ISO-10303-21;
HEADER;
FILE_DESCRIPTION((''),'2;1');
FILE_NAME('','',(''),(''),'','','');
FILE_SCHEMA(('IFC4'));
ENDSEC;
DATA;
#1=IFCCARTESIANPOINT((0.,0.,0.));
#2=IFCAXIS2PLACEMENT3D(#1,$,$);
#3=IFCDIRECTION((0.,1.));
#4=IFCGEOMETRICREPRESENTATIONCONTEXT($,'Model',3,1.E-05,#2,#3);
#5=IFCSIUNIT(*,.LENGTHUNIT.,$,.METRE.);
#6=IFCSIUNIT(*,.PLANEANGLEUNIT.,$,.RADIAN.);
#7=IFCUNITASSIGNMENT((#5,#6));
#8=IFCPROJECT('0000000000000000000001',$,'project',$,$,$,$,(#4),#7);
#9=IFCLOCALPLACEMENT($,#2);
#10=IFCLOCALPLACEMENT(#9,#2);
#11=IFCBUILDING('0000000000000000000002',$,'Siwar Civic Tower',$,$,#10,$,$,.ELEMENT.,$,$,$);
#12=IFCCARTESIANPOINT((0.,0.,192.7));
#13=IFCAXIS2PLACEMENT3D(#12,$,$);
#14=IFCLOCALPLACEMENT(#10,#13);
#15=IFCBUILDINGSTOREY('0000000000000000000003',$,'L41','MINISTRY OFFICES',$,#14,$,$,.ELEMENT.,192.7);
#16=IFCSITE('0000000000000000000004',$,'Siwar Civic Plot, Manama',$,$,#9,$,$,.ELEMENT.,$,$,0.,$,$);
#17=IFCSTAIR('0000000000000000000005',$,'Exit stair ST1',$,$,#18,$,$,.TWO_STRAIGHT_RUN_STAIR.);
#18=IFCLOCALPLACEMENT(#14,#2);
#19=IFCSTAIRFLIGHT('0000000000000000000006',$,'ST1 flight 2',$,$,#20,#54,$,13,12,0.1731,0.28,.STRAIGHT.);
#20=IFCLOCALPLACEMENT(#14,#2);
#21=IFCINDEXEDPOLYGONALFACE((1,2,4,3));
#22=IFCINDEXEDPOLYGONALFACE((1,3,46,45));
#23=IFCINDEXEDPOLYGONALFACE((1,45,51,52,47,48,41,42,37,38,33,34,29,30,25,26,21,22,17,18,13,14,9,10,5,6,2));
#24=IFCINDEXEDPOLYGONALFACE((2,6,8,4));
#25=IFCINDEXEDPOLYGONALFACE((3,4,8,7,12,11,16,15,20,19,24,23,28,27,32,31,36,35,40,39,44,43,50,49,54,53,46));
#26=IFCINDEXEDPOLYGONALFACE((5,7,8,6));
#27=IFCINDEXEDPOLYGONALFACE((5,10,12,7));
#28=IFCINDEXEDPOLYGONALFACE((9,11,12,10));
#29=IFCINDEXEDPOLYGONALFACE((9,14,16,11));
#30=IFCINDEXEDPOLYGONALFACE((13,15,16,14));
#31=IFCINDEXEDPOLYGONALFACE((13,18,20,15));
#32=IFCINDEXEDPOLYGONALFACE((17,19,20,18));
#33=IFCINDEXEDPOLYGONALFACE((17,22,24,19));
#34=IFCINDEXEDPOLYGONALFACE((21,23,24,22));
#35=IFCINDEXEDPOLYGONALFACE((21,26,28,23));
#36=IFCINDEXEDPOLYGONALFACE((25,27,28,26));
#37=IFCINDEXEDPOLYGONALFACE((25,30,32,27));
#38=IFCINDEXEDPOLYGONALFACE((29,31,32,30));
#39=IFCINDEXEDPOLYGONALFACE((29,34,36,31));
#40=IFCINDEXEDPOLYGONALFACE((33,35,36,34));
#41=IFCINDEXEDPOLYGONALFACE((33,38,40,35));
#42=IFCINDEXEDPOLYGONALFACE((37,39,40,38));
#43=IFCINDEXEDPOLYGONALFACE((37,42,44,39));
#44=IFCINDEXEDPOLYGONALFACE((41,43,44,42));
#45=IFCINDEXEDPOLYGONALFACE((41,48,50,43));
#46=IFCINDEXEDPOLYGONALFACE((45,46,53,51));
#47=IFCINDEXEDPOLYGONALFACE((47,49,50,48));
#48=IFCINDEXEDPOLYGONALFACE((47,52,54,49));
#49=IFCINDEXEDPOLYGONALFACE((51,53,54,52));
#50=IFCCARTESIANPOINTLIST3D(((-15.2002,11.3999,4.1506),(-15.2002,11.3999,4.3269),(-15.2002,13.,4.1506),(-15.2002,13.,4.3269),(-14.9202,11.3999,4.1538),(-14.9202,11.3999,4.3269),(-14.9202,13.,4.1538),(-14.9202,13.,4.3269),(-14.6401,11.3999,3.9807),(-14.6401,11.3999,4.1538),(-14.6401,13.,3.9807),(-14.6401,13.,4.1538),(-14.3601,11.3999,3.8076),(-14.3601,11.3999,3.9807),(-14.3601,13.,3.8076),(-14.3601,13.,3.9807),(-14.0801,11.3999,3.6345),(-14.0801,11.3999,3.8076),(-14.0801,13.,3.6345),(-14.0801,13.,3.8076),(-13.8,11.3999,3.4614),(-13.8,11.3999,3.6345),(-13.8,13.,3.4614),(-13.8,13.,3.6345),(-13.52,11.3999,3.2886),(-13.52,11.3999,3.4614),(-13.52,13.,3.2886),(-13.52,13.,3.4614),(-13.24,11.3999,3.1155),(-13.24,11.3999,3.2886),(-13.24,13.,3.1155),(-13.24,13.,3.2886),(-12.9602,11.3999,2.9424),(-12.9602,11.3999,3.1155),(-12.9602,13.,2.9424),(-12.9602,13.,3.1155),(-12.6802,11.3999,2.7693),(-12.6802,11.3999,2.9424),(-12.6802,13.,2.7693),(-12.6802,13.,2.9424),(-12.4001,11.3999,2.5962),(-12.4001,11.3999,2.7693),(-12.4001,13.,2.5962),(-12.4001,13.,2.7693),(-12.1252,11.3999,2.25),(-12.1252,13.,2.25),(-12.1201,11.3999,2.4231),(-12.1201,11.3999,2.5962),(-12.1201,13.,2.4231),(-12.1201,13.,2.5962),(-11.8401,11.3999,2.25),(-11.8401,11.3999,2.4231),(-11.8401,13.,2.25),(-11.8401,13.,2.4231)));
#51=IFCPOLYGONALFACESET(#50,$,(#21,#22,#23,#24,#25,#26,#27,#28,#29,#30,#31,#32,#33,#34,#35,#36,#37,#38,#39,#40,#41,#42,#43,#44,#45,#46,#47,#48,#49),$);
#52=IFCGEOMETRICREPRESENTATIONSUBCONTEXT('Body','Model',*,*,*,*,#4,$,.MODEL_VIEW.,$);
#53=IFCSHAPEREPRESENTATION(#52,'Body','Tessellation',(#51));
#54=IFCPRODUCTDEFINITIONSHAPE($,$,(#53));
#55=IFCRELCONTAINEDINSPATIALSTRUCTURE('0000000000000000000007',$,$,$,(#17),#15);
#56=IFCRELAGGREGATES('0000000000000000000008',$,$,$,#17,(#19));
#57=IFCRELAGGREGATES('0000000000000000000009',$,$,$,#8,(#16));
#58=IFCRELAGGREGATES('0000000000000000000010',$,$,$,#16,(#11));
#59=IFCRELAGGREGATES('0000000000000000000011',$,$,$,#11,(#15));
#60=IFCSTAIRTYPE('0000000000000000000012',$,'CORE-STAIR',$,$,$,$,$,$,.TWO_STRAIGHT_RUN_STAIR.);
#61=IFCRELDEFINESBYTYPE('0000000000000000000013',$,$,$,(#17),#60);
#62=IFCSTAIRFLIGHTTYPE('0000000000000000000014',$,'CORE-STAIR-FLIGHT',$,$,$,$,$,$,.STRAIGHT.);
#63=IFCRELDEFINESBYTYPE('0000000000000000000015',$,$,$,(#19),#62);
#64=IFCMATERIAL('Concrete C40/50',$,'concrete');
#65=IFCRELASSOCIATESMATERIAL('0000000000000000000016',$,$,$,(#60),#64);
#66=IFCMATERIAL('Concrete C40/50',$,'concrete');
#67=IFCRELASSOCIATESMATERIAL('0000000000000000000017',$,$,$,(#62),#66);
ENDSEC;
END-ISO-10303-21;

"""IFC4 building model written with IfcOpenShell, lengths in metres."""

from ifc_helpers import new_model, si_unit, direction, frame, origin, place, context, subcontext, project, spatial, polyline, outline, extrude, material, type_object, element, aggregate, save


model = new_model("IFC4")

# Units and contexts
model_context = context("Model", 3, precision=1e-05, world=origin(), true_north=direction((0.0, 1.0)))
body_context = subcontext(model_context, "Body", "Model", "MODEL_VIEW")
ifc_project = project(units=[si_unit("LENGTHUNIT", "METRE"), si_unit("PLANEANGLEUNIT", "RADIAN")], contexts=[model_context])

# Site, building, storey
site_placement = place(None, origin())
site = spatial("IfcSite", under=ifc_project, at=site_placement, Name="Siwar Civic Plot, Manama", CompositionType="ELEMENT", RefElevation=0.0)
building_placement = place(site_placement, origin())
building = spatial("IfcBuilding", under=site, at=building_placement, Name="Siwar Civic Tower", CompositionType="ELEMENT")
storey_placement = place(building_placement, frame((0.0, 0.0, 192.7)))
storey = spatial("IfcBuildingStorey", under=building, at=storey_placement, Name="L41", Description="MINISTRY OFFICES", CompositionType="ELEMENT", Elevation=192.7)

# Stair, stair flight
ifc_material_1 = material(Name="Concrete C40/50", Category="concrete")
stair_type = type_object("IfcStairType", Name="CORE-STAIR", PredefinedType="TWO_STRAIGHT_RUN_STAIR", material=ifc_material_1)
stair_placement = place(storey_placement, origin())
stair = element("IfcStair", 1, at=stair_placement, inside=storey, type_object=stair_type, Name="Exit stair ST1", PredefinedType="TWO_STRAIGHT_RUN_STAIR")
ifc_material_2 = material(Name="Concrete C40/50", Category="concrete")
stair_flight_type = type_object("IfcStairFlightType", Name="CORE-STAIR-FLIGHT", PredefinedType="STRAIGHT", material=ifc_material_2)
stair_flight_1_placement = place(storey_placement, frame((-11.8401, 12.2, 2.25), z_axis=(0.0, 0.0, 1.0), x_axis=(-1.0, 0.0, 0.0)))
stair_flight_1 = element("IfcStairFlight", 2, at=stair_flight_1_placement, type_object=stair_flight_type, Name="ST1 flight 2", NumberOfRisers=13, NumberOfTreads=12, PredefinedType="STRAIGHT", RiserHeight=0.1731, TreadLength=0.28, context=body_context, shape_type="SweptSolid", body=[
    extrude(outline(polyline([(0.0, 0.0), (0.0, 0.1731), (0.28, 0.1731), (0.28, 0.3462), (0.5601, 0.3462), (0.5601, 0.5193), (0.8401, 0.5193), (0.8401, 0.6924), (1.1201, 0.6924), (1.1201, 0.8655), (1.3999, 0.8655), (1.3999, 1.0386), (1.6799, 1.0386), (1.6799, 1.2114), (1.96, 1.2114), (1.96, 1.3845), (2.24, 1.3845), (2.24, 1.5576), (2.52, 1.5576), (2.52, 1.7307), (2.8, 1.7307), (2.8, 1.9038), (3.0801, 1.9038), (3.0801, 2.0769), (3.3601, 2.0769), (3.3601, 2.25), (3.3601, 1.9006), (0.2852, 0.0), (0.0, 0.0)])), frame((0.0, 0.8, 0.0), z_axis=(0.0, -1.0, 0.0), x_axis=(1.0, 0.0, 0.0)), (0.0, 0.0, 1.0), 1.6001),
])
aggregate(stair, [stair_flight_1])

save(model, "model.ifc")
